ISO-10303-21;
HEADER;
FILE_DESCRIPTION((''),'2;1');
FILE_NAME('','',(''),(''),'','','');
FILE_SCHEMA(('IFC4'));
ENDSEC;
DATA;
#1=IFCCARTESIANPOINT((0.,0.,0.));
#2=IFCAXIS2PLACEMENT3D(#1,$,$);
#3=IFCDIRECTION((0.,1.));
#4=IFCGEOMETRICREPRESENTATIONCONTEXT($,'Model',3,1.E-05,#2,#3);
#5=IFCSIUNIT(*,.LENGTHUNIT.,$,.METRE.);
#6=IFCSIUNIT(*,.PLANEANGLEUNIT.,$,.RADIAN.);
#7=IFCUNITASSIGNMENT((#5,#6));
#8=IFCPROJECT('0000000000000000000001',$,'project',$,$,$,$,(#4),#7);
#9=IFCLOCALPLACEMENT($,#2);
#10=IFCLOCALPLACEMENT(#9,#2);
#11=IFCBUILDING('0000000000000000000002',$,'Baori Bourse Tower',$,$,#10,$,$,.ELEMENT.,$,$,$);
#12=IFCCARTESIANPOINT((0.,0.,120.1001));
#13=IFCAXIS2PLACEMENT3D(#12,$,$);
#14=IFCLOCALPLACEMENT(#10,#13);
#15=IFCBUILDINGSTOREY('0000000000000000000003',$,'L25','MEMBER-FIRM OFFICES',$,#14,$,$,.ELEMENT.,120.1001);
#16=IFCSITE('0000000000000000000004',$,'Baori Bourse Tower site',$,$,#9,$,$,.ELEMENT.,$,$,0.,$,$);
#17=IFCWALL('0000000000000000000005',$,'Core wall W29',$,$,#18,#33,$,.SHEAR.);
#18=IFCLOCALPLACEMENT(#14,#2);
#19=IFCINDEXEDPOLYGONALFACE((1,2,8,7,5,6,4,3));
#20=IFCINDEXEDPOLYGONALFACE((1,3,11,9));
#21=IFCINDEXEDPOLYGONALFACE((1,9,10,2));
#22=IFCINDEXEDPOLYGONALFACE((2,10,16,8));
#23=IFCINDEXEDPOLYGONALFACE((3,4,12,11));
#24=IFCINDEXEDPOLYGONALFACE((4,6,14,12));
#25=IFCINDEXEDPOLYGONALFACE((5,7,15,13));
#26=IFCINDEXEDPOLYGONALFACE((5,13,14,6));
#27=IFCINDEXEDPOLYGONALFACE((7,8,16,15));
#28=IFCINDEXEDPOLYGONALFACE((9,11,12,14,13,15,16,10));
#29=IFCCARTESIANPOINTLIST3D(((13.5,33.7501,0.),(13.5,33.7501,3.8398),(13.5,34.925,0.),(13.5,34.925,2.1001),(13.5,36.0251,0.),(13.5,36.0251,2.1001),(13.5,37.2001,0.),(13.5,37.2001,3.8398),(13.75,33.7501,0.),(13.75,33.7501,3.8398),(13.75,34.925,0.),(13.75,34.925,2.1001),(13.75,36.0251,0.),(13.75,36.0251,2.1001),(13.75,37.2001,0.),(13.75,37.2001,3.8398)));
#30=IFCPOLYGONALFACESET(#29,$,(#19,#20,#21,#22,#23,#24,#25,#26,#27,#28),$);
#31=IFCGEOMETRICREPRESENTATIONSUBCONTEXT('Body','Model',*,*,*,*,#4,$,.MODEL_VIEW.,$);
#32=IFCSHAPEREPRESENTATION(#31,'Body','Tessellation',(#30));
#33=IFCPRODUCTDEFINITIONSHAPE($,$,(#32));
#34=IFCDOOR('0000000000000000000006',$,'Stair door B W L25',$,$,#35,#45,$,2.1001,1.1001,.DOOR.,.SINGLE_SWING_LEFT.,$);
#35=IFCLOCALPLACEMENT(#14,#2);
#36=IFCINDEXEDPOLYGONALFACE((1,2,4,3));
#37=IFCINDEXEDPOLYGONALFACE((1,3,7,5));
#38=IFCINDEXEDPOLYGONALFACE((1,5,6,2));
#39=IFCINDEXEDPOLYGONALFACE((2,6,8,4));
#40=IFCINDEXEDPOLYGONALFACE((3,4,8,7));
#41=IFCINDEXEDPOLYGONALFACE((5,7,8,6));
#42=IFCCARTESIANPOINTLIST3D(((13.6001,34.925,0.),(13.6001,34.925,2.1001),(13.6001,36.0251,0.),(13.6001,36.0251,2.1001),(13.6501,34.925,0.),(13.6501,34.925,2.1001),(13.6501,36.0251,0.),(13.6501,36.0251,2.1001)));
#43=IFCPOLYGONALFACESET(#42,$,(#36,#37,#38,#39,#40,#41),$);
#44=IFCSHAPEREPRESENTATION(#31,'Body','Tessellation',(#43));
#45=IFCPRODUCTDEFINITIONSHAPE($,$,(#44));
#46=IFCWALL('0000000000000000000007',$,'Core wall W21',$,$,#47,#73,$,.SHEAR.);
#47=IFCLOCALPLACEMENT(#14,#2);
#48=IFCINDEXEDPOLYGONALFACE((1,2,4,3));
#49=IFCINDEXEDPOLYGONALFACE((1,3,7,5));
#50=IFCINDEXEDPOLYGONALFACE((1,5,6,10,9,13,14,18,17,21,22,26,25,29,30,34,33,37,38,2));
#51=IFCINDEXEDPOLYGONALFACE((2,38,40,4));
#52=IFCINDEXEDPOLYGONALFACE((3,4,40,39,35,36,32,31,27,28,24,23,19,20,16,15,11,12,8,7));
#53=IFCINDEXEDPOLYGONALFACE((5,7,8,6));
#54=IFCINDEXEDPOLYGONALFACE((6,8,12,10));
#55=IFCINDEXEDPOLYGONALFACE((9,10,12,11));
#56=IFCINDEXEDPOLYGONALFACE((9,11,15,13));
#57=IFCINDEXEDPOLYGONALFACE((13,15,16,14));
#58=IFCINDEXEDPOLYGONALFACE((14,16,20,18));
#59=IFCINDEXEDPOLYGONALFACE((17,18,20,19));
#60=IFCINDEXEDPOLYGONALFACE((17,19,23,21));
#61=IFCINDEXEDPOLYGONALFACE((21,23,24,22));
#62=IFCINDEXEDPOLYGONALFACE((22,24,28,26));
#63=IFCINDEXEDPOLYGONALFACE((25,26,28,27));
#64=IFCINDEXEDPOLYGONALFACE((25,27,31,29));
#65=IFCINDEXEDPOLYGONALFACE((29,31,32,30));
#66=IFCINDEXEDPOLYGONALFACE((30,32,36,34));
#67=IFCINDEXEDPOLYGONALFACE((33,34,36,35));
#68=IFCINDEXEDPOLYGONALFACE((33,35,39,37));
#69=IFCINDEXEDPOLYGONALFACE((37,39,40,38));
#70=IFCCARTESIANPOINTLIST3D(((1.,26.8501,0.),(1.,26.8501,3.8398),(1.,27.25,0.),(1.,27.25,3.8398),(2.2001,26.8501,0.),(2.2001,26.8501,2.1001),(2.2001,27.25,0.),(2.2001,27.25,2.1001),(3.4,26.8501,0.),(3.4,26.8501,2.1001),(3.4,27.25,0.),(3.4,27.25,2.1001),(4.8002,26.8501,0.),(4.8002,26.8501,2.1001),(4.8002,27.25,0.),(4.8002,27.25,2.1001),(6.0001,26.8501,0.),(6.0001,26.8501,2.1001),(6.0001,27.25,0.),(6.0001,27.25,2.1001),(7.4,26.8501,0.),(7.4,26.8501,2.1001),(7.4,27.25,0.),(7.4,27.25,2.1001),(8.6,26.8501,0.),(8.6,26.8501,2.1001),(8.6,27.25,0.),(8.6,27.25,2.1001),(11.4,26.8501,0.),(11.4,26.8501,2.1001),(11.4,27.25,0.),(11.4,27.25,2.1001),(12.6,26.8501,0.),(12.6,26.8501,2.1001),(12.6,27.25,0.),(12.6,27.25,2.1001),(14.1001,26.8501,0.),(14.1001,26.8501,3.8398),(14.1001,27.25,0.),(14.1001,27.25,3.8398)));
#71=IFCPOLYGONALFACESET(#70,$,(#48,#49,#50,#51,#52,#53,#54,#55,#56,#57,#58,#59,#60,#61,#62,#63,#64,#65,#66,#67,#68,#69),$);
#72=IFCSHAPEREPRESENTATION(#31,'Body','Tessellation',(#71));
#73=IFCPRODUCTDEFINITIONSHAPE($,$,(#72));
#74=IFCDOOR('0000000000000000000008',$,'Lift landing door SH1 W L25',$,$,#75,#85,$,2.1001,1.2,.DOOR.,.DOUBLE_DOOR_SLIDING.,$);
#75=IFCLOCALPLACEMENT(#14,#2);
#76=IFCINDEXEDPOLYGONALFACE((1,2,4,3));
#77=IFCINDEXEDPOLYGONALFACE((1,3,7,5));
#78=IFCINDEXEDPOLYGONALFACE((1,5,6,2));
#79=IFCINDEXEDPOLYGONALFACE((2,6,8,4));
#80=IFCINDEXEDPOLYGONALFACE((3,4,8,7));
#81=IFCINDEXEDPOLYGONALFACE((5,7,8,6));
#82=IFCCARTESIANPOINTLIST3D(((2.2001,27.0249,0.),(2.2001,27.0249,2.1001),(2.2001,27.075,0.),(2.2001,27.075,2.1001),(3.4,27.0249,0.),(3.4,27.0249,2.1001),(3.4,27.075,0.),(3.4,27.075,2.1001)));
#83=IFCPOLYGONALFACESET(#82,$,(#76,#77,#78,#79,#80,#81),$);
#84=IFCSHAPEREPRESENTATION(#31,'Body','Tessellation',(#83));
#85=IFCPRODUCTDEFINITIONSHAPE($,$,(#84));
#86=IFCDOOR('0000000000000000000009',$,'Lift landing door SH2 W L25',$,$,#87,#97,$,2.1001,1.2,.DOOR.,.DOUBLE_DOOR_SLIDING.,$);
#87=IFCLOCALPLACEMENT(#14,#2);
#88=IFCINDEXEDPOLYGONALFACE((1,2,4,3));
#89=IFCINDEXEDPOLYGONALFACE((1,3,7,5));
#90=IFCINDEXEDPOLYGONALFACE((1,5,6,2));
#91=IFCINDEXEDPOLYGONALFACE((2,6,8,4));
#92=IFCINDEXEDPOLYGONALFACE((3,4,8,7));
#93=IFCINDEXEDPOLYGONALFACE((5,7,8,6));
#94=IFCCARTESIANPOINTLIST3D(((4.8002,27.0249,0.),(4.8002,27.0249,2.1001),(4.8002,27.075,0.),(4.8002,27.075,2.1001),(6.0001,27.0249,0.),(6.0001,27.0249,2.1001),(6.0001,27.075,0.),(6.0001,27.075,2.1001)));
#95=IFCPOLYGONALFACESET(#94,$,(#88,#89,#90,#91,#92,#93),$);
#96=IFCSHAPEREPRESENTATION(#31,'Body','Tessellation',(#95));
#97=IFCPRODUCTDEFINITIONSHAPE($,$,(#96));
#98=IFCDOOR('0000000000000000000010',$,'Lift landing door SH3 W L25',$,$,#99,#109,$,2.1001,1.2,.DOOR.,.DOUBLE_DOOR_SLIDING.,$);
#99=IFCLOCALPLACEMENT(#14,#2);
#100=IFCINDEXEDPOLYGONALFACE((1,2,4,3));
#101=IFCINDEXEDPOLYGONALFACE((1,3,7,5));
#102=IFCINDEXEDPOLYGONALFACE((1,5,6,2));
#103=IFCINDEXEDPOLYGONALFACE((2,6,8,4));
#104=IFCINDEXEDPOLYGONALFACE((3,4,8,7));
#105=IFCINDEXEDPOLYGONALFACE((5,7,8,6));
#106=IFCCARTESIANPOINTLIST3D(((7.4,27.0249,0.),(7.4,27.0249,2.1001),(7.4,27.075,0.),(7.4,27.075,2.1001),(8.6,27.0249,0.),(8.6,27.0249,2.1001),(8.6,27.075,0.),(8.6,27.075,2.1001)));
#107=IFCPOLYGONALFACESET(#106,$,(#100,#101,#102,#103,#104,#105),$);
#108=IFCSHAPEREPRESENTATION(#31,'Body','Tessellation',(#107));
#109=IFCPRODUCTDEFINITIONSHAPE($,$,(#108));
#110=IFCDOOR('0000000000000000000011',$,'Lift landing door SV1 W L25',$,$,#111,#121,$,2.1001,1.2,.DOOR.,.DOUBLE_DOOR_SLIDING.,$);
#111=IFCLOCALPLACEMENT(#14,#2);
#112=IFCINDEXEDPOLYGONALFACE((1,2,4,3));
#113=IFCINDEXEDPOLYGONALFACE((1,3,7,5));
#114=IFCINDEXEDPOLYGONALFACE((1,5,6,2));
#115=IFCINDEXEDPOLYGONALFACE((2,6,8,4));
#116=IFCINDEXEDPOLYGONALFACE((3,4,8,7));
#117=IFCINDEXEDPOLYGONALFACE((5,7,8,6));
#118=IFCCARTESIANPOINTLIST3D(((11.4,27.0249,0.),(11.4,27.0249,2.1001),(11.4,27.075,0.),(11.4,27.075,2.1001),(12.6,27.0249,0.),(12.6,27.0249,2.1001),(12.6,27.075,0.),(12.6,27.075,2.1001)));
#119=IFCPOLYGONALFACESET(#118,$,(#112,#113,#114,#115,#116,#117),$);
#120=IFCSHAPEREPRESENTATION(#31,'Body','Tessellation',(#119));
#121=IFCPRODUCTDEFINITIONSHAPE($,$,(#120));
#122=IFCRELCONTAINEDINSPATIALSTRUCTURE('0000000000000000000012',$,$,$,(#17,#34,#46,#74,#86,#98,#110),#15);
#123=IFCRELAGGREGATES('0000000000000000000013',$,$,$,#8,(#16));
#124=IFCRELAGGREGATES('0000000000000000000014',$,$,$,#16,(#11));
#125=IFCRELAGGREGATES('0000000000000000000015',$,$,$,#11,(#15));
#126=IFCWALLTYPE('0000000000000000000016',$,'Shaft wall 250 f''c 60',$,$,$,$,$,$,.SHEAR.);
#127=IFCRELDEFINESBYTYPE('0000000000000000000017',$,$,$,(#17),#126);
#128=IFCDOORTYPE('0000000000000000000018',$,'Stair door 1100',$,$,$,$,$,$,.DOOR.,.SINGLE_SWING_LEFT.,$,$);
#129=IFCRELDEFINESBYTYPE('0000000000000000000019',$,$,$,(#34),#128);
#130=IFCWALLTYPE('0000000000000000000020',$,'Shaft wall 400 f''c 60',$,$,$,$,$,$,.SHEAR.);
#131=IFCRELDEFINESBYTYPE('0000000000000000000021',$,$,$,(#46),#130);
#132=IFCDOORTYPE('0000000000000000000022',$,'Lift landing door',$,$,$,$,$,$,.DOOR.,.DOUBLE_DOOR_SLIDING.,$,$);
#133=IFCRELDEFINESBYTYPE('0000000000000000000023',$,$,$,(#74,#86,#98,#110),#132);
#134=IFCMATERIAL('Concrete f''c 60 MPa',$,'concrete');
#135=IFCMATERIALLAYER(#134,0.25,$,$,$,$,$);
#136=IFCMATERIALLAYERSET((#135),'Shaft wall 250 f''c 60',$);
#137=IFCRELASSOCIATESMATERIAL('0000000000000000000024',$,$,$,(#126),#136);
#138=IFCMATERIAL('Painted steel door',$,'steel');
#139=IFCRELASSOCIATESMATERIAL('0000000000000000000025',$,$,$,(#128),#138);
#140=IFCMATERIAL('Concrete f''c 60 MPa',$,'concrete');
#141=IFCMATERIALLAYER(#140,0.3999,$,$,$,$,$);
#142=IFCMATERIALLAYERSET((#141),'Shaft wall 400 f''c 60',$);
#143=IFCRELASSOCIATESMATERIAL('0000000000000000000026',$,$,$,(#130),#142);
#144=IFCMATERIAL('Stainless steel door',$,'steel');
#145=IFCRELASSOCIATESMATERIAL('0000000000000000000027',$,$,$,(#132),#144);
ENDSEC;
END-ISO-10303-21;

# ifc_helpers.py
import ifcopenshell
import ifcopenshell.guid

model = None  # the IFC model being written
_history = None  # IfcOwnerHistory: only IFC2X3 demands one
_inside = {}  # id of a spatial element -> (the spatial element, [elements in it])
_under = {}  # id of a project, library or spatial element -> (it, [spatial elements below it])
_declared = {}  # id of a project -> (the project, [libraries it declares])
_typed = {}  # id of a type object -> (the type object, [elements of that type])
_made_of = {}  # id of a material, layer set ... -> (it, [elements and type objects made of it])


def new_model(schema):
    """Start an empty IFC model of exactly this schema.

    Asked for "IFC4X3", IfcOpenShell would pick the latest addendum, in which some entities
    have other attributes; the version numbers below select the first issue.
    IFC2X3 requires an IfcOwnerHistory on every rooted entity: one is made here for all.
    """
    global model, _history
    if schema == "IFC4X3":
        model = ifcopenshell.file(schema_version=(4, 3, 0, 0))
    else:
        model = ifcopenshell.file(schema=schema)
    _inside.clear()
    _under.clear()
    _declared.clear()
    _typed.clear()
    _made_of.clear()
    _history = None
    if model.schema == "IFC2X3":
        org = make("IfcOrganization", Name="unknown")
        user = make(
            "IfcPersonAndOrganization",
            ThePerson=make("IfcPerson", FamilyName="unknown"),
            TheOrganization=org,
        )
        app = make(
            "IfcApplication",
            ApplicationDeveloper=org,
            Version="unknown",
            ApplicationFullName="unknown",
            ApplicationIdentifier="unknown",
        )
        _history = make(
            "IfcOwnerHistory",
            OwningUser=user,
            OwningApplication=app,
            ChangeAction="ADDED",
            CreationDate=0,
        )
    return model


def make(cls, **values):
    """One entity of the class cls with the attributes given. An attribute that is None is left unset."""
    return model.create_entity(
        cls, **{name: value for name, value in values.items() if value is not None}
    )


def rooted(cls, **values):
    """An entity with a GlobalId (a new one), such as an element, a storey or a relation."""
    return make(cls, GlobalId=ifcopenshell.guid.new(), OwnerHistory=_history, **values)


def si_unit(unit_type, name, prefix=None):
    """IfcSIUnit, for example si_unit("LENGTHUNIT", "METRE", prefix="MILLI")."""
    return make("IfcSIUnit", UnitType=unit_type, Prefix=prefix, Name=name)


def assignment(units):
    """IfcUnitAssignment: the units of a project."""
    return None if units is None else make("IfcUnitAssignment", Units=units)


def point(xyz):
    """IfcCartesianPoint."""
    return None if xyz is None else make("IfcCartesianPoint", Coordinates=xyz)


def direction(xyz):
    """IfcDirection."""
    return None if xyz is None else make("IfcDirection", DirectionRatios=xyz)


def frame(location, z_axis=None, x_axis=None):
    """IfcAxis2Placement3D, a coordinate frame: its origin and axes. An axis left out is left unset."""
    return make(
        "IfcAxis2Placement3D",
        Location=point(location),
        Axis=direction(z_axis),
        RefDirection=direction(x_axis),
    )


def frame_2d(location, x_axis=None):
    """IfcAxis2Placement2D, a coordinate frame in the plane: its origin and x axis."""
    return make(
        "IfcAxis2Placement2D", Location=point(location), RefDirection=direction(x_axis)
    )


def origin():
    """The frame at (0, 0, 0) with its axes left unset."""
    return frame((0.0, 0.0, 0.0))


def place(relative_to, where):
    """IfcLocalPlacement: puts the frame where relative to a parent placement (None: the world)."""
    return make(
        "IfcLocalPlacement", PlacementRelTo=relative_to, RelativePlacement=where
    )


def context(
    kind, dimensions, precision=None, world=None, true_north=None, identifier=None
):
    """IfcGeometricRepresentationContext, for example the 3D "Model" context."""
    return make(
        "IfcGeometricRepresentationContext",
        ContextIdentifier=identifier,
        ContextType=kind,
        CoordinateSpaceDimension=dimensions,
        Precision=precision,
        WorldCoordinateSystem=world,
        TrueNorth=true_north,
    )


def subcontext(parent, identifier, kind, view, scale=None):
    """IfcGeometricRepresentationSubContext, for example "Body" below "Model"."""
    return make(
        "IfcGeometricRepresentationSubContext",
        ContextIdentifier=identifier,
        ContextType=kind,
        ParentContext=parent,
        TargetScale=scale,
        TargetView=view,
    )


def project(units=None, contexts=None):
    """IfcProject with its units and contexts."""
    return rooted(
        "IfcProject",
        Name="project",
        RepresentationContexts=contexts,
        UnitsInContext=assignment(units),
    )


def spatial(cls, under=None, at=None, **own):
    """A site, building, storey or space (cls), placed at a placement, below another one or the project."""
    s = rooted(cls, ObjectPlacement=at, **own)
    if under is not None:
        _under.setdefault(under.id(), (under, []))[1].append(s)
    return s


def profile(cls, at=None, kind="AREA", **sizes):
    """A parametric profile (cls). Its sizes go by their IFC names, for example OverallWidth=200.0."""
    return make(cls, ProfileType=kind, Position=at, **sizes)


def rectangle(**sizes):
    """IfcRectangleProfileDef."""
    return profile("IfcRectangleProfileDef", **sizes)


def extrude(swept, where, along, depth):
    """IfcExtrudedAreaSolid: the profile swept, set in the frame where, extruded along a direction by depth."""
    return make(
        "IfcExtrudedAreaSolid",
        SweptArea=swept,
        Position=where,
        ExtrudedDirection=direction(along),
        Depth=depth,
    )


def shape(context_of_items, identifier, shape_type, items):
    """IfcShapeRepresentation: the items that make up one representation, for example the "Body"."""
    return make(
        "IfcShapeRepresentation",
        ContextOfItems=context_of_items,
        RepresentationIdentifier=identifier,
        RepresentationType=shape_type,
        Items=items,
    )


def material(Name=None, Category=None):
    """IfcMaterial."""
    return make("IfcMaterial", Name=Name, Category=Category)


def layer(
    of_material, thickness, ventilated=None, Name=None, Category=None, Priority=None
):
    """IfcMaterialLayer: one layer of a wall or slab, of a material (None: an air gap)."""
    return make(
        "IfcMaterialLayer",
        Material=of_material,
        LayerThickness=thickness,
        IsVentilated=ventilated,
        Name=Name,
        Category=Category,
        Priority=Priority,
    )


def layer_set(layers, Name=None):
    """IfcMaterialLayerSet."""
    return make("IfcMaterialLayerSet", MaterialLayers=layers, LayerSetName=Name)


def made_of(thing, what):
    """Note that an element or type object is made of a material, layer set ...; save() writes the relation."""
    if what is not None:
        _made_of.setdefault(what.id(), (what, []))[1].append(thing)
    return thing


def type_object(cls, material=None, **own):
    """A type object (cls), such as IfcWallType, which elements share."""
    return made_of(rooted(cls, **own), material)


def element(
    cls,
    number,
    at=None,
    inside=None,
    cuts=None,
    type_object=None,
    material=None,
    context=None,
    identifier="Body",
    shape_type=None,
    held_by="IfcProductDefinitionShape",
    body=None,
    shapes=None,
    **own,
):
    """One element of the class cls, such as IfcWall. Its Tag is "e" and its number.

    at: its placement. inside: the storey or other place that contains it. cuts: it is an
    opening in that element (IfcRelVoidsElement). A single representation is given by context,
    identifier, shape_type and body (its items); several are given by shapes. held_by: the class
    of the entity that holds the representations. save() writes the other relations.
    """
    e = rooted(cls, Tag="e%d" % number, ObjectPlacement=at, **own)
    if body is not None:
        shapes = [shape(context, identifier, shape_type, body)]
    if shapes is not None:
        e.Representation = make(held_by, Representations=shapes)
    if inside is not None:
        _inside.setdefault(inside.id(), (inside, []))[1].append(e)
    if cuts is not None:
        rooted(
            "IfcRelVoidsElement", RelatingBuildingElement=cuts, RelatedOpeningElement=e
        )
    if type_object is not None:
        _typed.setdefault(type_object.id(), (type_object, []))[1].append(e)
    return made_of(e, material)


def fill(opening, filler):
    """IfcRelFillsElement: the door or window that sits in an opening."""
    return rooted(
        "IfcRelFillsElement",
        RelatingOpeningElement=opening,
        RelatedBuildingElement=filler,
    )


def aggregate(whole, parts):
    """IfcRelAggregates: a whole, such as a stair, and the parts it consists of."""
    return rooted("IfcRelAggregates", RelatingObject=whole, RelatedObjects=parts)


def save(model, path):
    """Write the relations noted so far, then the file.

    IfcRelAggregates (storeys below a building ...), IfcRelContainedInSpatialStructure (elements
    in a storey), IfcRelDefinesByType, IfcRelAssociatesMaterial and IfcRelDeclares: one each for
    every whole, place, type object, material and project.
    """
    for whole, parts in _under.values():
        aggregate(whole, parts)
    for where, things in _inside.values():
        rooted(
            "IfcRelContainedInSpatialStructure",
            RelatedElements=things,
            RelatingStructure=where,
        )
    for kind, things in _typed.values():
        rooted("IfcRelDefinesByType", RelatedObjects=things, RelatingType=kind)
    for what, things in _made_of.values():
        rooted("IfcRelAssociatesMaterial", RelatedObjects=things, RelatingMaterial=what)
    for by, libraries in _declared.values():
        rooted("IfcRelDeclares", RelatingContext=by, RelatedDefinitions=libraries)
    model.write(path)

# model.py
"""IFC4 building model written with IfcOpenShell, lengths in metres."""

from ifc_helpers import new_model, si_unit, direction, frame, frame_2d, origin, place, context, subcontext, project, spatial, rectangle, extrude, material, layer, layer_set, type_object, element, fill, save


model = new_model("IFC4")

# Units and contexts
model_context = context("Model", 3, precision=1e-05, world=origin(), true_north=direction((0.0, 1.0)))
body_context = subcontext(model_context, "Body", "Model", "MODEL_VIEW")
ifc_project = project(units=[si_unit("LENGTHUNIT", "METRE"), si_unit("PLANEANGLEUNIT", "RADIAN")], contexts=[model_context])

# Site, building, storey
site_placement = place(None, origin())
site = spatial("IfcSite", under=ifc_project, at=site_placement, Name="Baori Bourse Tower site", CompositionType="ELEMENT", RefElevation=0.0)
building_placement = place(site_placement, origin())
building = spatial("IfcBuilding", under=site, at=building_placement, Name="Baori Bourse Tower", CompositionType="ELEMENT")
storey_placement = place(building_placement, frame((0.0, 0.0, 120.1001)))
storey = spatial("IfcBuildingStorey", under=building, at=storey_placement, Name="L25", Description="MEMBER-FIRM OFFICES", CompositionType="ELEMENT", Elevation=120.1001)

# Wall, opening, door
ifc_material_1 = material(Name="Concrete f'c 60 MPa", Category="concrete")
ifc_layer_1 = layer(ifc_material_1, 0.25)
ifc_layer_set_1 = layer_set([ifc_layer_1], Name="Shaft wall 250 f'c 60")
wall_type_1 = type_object("IfcWallType", Name="Shaft wall 250 f'c 60", PredefinedType="SHEAR", material=ifc_layer_set_1)
wall_1_placement = place(storey_placement, frame((13.625, 33.75, 0.0), z_axis=(0.0, 0.0, 1.0), x_axis=(0.0, 1.0, 0.0)))
wall_1 = element("IfcWall", 1, at=wall_1_placement, inside=storey, type_object=wall_type_1, Name="Core wall W29", PredefinedType="SHEAR", context=body_context, shape_type="SweptSolid", body=[
    extrude(rectangle(XDim=3.45, YDim=0.25, at=frame_2d((1.7251, 0.0))), origin(), (0.0, 0.0, 1.0), 3.8398),
])
opening_1_placement = place(wall_1_placement, frame((1.175, 0.0, 0.0)))
opening_1 = element("IfcOpeningElement", 2, at=opening_1_placement, cuts=wall_1, PredefinedType="OPENING", context=body_context, shape_type="SweptSolid", body=[
    extrude(rectangle(XDim=1.1001, YDim=2.1001, at=frame_2d((0.55, 1.05))), frame((0.0, 0.135, 0.0), z_axis=(0.0, -1.0, 0.0), x_axis=(1.0, 0.0, 0.0)), (0.0, 0.0, 1.0), 0.27),
])
ifc_material_2 = material(Name="Painted steel door", Category="steel")
door_type_1 = type_object("IfcDoorType", Name="Stair door 1100", OperationType="SINGLE_SWING_LEFT", PredefinedType="DOOR", material=ifc_material_2)
door_1_placement = place(opening_1_placement, origin())
door_1 = element("IfcDoor", 3, at=door_1_placement, inside=storey, type_object=door_type_1, Name="Stair door B W L25", OperationType="SINGLE_SWING_LEFT", OverallHeight=2.1001, OverallWidth=1.1001, PredefinedType="DOOR", context=body_context, shape_type="SweptSolid", body=[
    extrude(rectangle(XDim=1.1001, YDim=2.1001, at=frame_2d((0.55, 1.05))), frame((0.0, 0.0249, 0.0), z_axis=(0.0, -1.0, 0.0), x_axis=(1.0, 0.0, 0.0)), (0.0, 0.0, 1.0), 0.05),
])
fill(opening_1, door_1)

# Wall, openings, doors
ifc_material_3 = material(Name="Concrete f'c 60 MPa", Category="concrete")
ifc_layer_2 = layer(ifc_material_3, 0.3999)
ifc_layer_set_2 = layer_set([ifc_layer_2], Name="Shaft wall 400 f'c 60")
wall_type_2 = type_object("IfcWallType", Name="Shaft wall 400 f'c 60", PredefinedType="SHEAR", material=ifc_layer_set_2)
wall_2_placement = place(storey_placement, frame((1.0, 27.05, 0.0), z_axis=(0.0, 0.0, 1.0), x_axis=(1.0, 0.0, 0.0)))
wall_2 = element("IfcWall", 4, at=wall_2_placement, inside=storey, type_object=wall_type_2, Name="Core wall W21", PredefinedType="SHEAR", context=body_context, shape_type="SweptSolid", body=[
    extrude(rectangle(XDim=13.1001, YDim=0.3999, at=frame_2d((6.55, 0.0))), origin(), (0.0, 0.0, 1.0), 3.8398),
])
opening_2_placement = place(wall_2_placement, frame((1.2, 0.0, 0.0)))
opening_2 = element("IfcOpeningElement", 5, at=opening_2_placement, cuts=wall_2, PredefinedType="OPENING", context=body_context, shape_type="SweptSolid", body=[
    extrude(rectangle(XDim=1.2, YDim=2.1001, at=frame_2d((0.6001, 1.05))), frame((0.0, 0.21, 0.0), z_axis=(0.0, -1.0, 0.0), x_axis=(1.0, 0.0, 0.0)), (0.0, 0.0, 1.0), 0.4199),
])
opening_3_placement = place(wall_2_placement, frame((3.8, 0.0, 0.0)))
opening_3 = element("IfcOpeningElement", 6, at=opening_3_placement, cuts=wall_2, PredefinedType="OPENING", context=body_context, shape_type="SweptSolid", body=[
    extrude(rectangle(XDim=1.2, YDim=2.1001, at=frame_2d((0.6001, 1.05))), frame((0.0, 0.21, 0.0), z_axis=(0.0, -1.0, 0.0), x_axis=(1.0, 0.0, 0.0)), (0.0, 0.0, 1.0), 0.4199),
])
opening_4_placement = place(wall_2_placement, frame((6.3999, 0.0, 0.0)))
opening_4 = element("IfcOpeningElement", 7, at=opening_4_placement, cuts=wall_2, PredefinedType="OPENING", context=body_context, shape_type="SweptSolid", body=[
    extrude(rectangle(XDim=1.2, YDim=2.1001, at=frame_2d((0.6001, 1.05))), frame((0.0, 0.21, 0.0), z_axis=(0.0, -1.0, 0.0), x_axis=(1.0, 0.0, 0.0)), (0.0, 0.0, 1.0), 0.4199),
])
opening_5_placement = place(wall_2_placement, frame((10.3999, 0.0, 0.0)))
opening_5 = element("IfcOpeningElement", 8, at=opening_5_placement, cuts=wall_2, PredefinedType="OPENING", context=body_context, shape_type="SweptSolid", body=[
    extrude(rectangle(XDim=1.2, YDim=2.1001, at=frame_2d((0.6001, 1.05))), frame((0.0, 0.21, 0.0), z_axis=(0.0, -1.0, 0.0), x_axis=(1.0, 0.0, 0.0)), (0.0, 0.0, 1.0), 0.4199),
])
ifc_material_4 = material(Name="Stainless steel door", Category="steel")
door_type_2 = type_object("IfcDoorType", Name="Lift landing door", OperationType="DOUBLE_DOOR_SLIDING", PredefinedType="DOOR", material=ifc_material_4)
door_2_placement = place(opening_2_placement, origin())
door_2 = element("IfcDoor", 9, at=door_2_placement, inside=storey, type_object=door_type_2, Name="Lift landing door SH1 W L25", OperationType="DOUBLE_DOOR_SLIDING", OverallHeight=2.1001, OverallWidth=1.2, PredefinedType="DOOR", context=body_context, shape_type="SweptSolid", body=[
    extrude(rectangle(XDim=1.2, YDim=2.1001, at=frame_2d((0.6001, 1.05))), frame((0.0, 0.0249, 0.0), z_axis=(0.0, -1.0, 0.0), x_axis=(1.0, 0.0, 0.0)), (0.0, 0.0, 1.0), 0.05),
])
fill(opening_2, door_2)
door_3_placement = place(opening_3_placement, origin())
door_3 = element("IfcDoor", 10, at=door_3_placement, inside=storey, type_object=door_type_2, Name="Lift landing door SH2 W L25", OperationType="DOUBLE_DOOR_SLIDING", OverallHeight=2.1001, OverallWidth=1.2, PredefinedType="DOOR", context=body_context, shape_type="SweptSolid", body=[
    extrude(rectangle(XDim=1.2, YDim=2.1001, at=frame_2d((0.6001, 1.05))), frame((0.0, 0.0249, 0.0), z_axis=(0.0, -1.0, 0.0), x_axis=(1.0, 0.0, 0.0)), (0.0, 0.0, 1.0), 0.05),
])
fill(opening_3, door_3)
door_4_placement = place(opening_4_placement, origin())
door_4 = element("IfcDoor", 11, at=door_4_placement, inside=storey, type_object=door_type_2, Name="Lift landing door SH3 W L25", OperationType="DOUBLE_DOOR_SLIDING", OverallHeight=2.1001, OverallWidth=1.2, PredefinedType="DOOR", context=body_context, shape_type="SweptSolid", body=[
    extrude(rectangle(XDim=1.2, YDim=2.1001, at=frame_2d((0.6001, 1.05))), frame((0.0, 0.0249, 0.0), z_axis=(0.0, -1.0, 0.0), x_axis=(1.0, 0.0, 0.0)), (0.0, 0.0, 1.0), 0.05),
])
fill(opening_4, door_4)
door_5_placement = place(opening_5_placement, origin())
door_5 = element("IfcDoor", 12, at=door_5_placement, inside=storey, type_object=door_type_2, Name="Lift landing door SV1 W L25", OperationType="DOUBLE_DOOR_SLIDING", OverallHeight=2.1001, OverallWidth=1.2, PredefinedType="DOOR", context=body_context, shape_type="SweptSolid", body=[
    extrude(rectangle(XDim=1.2, YDim=2.1001, at=frame_2d((0.6001, 1.05))), frame((0.0, 0.0249, 0.0), z_axis=(0.0, -1.0, 0.0), x_axis=(1.0, 0.0, 0.0)), (0.0, 0.0, 1.0), 0.05),
])
fill(opening_5, door_5)

save(model, "model.ifc")
